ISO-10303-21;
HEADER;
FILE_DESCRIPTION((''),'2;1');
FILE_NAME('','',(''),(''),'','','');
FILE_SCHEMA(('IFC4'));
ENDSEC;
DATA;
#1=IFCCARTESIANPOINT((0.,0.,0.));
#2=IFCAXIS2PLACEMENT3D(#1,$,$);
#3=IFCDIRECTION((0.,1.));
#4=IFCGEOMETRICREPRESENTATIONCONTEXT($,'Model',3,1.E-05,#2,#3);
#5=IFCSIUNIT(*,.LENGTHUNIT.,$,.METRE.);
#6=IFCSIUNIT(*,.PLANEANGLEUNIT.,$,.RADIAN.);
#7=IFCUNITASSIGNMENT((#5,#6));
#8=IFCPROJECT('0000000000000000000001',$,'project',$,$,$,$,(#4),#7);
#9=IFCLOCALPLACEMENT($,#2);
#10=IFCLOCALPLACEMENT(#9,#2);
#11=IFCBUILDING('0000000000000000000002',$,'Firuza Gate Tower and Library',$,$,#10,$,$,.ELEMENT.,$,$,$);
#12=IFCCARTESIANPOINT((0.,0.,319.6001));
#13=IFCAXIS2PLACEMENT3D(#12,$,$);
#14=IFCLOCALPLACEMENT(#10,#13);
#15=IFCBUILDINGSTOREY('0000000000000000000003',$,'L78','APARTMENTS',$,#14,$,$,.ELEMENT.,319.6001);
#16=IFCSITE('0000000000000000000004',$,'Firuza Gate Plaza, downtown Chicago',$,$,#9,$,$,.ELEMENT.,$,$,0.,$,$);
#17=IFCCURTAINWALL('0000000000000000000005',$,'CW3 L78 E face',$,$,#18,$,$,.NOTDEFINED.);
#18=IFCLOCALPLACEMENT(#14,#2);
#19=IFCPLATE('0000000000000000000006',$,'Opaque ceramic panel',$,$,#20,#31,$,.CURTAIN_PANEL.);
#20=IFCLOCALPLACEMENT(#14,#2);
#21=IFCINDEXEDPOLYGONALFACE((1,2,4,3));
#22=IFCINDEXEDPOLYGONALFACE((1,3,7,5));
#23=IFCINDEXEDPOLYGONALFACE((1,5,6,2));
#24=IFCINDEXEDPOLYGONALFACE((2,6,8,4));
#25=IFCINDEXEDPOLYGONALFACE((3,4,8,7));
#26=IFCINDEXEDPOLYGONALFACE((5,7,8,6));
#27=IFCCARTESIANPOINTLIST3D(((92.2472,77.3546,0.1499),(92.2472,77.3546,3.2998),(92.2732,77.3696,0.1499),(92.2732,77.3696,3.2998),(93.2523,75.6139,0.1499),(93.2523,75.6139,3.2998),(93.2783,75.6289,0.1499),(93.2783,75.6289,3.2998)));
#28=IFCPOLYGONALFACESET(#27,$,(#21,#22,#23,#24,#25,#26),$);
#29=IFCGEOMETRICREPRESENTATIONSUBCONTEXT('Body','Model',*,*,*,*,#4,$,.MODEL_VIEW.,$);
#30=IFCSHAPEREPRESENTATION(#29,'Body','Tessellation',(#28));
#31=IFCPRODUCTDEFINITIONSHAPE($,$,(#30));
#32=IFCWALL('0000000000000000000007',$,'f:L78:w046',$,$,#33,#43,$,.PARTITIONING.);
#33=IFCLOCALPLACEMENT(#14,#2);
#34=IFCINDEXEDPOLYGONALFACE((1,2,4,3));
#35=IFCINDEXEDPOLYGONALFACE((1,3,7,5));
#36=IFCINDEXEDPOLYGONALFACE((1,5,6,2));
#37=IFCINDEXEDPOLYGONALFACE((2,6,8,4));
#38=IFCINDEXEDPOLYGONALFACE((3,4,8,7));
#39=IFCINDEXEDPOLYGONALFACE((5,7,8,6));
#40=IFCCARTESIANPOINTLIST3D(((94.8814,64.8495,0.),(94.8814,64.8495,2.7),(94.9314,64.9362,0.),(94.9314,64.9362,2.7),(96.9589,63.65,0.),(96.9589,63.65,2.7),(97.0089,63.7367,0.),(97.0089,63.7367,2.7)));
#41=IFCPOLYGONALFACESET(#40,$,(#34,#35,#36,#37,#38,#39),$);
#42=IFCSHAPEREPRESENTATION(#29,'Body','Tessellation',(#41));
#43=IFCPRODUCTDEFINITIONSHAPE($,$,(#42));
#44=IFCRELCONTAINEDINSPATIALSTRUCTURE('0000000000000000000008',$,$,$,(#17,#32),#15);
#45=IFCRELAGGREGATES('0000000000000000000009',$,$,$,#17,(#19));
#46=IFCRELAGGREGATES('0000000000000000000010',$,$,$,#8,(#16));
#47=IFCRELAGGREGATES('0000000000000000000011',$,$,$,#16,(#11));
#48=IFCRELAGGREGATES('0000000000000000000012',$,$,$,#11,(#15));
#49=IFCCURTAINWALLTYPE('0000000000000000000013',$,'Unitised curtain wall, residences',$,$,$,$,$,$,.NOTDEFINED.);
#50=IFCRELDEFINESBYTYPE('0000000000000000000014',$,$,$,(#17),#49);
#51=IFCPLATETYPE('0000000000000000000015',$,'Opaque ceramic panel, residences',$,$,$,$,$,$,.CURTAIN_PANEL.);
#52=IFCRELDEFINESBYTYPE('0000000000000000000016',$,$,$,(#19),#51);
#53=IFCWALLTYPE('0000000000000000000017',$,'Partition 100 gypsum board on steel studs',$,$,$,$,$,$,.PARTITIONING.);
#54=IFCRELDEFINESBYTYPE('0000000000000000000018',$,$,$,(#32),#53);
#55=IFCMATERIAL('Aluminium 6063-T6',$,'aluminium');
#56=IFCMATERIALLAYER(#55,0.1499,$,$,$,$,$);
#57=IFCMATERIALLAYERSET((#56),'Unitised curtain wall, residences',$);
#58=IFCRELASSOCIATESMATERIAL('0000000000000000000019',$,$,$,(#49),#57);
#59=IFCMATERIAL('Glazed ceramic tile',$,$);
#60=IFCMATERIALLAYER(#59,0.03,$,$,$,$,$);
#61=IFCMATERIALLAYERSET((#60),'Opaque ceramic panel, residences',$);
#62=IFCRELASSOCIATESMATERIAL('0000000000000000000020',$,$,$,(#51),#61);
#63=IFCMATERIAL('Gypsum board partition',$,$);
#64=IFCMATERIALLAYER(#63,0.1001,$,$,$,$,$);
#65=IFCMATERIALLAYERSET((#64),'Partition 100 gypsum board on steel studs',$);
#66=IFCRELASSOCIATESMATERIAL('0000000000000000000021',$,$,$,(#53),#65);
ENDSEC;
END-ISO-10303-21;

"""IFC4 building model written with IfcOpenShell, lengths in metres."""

from ifc_helpers import new_model, si_unit, direction, frame, frame_2d, origin, place, context, subcontext, project, spatial, polyline, rectangle, outline, extrude, material, layer, layer_set, type_object, element, aggregate, save


model = new_model("IFC4")

# Units and contexts
model_context = context("Model", 3, precision=1e-05, world=origin(), true_north=direction((0.0, 1.0)))
body_context = subcontext(model_context, "Body", "Model", "MODEL_VIEW")
ifc_project = project(units=[si_unit("LENGTHUNIT", "METRE"), si_unit("PLANEANGLEUNIT", "RADIAN")], contexts=[model_context])

# Site, building, storey
site_placement = place(None, origin())
site = spatial("IfcSite", under=ifc_project, at=site_placement, Name="Firuza Gate Plaza, downtown Chicago", CompositionType="ELEMENT", RefElevation=0.0)
building_placement = place(site_placement, origin())
building = spatial("IfcBuilding", under=site, at=building_placement, Name="Firuza Gate Tower and Library", CompositionType="ELEMENT")
storey_placement = place(building_placement, frame((0.0, 0.0, 319.6001)))
storey = spatial("IfcBuildingStorey", under=building, at=storey_placement, Name="L78", Description="APARTMENTS", CompositionType="ELEMENT", Elevation=319.6001)

# Curtain wall
ifc_material_1 = material(Name="Aluminium 6063-T6", Category="aluminium")
ifc_layer_1 = layer(ifc_material_1, 0.1499)
ifc_layer_set_1 = layer_set([ifc_layer_1], Name="Unitised curtain wall, residences")
curtain_wall_type_1 = type_object("IfcCurtainWallType", Name="Unitised curtain wall, residences", PredefinedType="NOTDEFINED", material=ifc_layer_set_1)
placement = place(storey_placement, origin())
curtain_wall_1 = element("IfcCurtainWall", 1, at=placement, inside=storey, type_object=curtain_wall_type_1, Name="CW3 L78 E face", PredefinedType="NOTDEFINED")

# Plate
ifc_material_2 = material(Name="Glazed ceramic tile")
ifc_layer_2 = layer(ifc_material_2, 0.03)
ifc_layer_set_2 = layer_set([ifc_layer_2], Name="Opaque ceramic panel, residences")
plate_type_1 = type_object("IfcPlateType", Name="Opaque ceramic panel, residences", PredefinedType="CURTAIN_PANEL", material=ifc_layer_set_2)
plate_1_placement = place(storey_placement, frame((93.2783, 75.6289, 0.1499), z_axis=(0.865999, 0.500045, 0.0), x_axis=(-0.500045, 0.865999, 0.0)))
plate_1 = element("IfcPlate", 2, at=plate_1_placement, type_object=plate_type_1, Name="Opaque ceramic panel", PredefinedType="CURTAIN_PANEL", context=body_context, shape_type="SweptSolid", body=[
    extrude(outline(polyline([(0.0, 0.0), (2.0101, 0.0), (2.0101, 3.1499), (0.0, 3.1499), (0.0, 0.0)])), origin(), (0.0, 0.0, -1.0), 0.03),
])
aggregate(curtain_wall_1, [plate_1])

# Wall
ifc_material_3 = material(Name="Gypsum board partition")
ifc_layer_3 = layer(ifc_material_3, 0.1001)
ifc_layer_set_3 = layer_set([ifc_layer_3], Name="Partition 100 gypsum board on steel studs")
wall_type = type_object("IfcWallType", Name="Partition 100 gypsum board on steel studs", PredefinedType="PARTITIONING", material=ifc_layer_set_3)
wall_placement = place(storey_placement, frame((96.9839, 63.6934, 0.0), z_axis=(0.0, 0.0, 1.0), x_axis=(-0.866011, 0.500025, 0.0)))
element("IfcWall", 3, at=wall_placement, inside=storey, type_object=wall_type, Name="f:L78:w046", PredefinedType="PARTITIONING", context=body_context, shape_type="SweptSolid", body=[
    extrude(rectangle(XDim=2.3989, YDim=0.1001, at=frame_2d((1.1995, 0.0))), origin(), (0.0, 0.0, 1.0), 2.7),
])

save(model, "model.ifc")
